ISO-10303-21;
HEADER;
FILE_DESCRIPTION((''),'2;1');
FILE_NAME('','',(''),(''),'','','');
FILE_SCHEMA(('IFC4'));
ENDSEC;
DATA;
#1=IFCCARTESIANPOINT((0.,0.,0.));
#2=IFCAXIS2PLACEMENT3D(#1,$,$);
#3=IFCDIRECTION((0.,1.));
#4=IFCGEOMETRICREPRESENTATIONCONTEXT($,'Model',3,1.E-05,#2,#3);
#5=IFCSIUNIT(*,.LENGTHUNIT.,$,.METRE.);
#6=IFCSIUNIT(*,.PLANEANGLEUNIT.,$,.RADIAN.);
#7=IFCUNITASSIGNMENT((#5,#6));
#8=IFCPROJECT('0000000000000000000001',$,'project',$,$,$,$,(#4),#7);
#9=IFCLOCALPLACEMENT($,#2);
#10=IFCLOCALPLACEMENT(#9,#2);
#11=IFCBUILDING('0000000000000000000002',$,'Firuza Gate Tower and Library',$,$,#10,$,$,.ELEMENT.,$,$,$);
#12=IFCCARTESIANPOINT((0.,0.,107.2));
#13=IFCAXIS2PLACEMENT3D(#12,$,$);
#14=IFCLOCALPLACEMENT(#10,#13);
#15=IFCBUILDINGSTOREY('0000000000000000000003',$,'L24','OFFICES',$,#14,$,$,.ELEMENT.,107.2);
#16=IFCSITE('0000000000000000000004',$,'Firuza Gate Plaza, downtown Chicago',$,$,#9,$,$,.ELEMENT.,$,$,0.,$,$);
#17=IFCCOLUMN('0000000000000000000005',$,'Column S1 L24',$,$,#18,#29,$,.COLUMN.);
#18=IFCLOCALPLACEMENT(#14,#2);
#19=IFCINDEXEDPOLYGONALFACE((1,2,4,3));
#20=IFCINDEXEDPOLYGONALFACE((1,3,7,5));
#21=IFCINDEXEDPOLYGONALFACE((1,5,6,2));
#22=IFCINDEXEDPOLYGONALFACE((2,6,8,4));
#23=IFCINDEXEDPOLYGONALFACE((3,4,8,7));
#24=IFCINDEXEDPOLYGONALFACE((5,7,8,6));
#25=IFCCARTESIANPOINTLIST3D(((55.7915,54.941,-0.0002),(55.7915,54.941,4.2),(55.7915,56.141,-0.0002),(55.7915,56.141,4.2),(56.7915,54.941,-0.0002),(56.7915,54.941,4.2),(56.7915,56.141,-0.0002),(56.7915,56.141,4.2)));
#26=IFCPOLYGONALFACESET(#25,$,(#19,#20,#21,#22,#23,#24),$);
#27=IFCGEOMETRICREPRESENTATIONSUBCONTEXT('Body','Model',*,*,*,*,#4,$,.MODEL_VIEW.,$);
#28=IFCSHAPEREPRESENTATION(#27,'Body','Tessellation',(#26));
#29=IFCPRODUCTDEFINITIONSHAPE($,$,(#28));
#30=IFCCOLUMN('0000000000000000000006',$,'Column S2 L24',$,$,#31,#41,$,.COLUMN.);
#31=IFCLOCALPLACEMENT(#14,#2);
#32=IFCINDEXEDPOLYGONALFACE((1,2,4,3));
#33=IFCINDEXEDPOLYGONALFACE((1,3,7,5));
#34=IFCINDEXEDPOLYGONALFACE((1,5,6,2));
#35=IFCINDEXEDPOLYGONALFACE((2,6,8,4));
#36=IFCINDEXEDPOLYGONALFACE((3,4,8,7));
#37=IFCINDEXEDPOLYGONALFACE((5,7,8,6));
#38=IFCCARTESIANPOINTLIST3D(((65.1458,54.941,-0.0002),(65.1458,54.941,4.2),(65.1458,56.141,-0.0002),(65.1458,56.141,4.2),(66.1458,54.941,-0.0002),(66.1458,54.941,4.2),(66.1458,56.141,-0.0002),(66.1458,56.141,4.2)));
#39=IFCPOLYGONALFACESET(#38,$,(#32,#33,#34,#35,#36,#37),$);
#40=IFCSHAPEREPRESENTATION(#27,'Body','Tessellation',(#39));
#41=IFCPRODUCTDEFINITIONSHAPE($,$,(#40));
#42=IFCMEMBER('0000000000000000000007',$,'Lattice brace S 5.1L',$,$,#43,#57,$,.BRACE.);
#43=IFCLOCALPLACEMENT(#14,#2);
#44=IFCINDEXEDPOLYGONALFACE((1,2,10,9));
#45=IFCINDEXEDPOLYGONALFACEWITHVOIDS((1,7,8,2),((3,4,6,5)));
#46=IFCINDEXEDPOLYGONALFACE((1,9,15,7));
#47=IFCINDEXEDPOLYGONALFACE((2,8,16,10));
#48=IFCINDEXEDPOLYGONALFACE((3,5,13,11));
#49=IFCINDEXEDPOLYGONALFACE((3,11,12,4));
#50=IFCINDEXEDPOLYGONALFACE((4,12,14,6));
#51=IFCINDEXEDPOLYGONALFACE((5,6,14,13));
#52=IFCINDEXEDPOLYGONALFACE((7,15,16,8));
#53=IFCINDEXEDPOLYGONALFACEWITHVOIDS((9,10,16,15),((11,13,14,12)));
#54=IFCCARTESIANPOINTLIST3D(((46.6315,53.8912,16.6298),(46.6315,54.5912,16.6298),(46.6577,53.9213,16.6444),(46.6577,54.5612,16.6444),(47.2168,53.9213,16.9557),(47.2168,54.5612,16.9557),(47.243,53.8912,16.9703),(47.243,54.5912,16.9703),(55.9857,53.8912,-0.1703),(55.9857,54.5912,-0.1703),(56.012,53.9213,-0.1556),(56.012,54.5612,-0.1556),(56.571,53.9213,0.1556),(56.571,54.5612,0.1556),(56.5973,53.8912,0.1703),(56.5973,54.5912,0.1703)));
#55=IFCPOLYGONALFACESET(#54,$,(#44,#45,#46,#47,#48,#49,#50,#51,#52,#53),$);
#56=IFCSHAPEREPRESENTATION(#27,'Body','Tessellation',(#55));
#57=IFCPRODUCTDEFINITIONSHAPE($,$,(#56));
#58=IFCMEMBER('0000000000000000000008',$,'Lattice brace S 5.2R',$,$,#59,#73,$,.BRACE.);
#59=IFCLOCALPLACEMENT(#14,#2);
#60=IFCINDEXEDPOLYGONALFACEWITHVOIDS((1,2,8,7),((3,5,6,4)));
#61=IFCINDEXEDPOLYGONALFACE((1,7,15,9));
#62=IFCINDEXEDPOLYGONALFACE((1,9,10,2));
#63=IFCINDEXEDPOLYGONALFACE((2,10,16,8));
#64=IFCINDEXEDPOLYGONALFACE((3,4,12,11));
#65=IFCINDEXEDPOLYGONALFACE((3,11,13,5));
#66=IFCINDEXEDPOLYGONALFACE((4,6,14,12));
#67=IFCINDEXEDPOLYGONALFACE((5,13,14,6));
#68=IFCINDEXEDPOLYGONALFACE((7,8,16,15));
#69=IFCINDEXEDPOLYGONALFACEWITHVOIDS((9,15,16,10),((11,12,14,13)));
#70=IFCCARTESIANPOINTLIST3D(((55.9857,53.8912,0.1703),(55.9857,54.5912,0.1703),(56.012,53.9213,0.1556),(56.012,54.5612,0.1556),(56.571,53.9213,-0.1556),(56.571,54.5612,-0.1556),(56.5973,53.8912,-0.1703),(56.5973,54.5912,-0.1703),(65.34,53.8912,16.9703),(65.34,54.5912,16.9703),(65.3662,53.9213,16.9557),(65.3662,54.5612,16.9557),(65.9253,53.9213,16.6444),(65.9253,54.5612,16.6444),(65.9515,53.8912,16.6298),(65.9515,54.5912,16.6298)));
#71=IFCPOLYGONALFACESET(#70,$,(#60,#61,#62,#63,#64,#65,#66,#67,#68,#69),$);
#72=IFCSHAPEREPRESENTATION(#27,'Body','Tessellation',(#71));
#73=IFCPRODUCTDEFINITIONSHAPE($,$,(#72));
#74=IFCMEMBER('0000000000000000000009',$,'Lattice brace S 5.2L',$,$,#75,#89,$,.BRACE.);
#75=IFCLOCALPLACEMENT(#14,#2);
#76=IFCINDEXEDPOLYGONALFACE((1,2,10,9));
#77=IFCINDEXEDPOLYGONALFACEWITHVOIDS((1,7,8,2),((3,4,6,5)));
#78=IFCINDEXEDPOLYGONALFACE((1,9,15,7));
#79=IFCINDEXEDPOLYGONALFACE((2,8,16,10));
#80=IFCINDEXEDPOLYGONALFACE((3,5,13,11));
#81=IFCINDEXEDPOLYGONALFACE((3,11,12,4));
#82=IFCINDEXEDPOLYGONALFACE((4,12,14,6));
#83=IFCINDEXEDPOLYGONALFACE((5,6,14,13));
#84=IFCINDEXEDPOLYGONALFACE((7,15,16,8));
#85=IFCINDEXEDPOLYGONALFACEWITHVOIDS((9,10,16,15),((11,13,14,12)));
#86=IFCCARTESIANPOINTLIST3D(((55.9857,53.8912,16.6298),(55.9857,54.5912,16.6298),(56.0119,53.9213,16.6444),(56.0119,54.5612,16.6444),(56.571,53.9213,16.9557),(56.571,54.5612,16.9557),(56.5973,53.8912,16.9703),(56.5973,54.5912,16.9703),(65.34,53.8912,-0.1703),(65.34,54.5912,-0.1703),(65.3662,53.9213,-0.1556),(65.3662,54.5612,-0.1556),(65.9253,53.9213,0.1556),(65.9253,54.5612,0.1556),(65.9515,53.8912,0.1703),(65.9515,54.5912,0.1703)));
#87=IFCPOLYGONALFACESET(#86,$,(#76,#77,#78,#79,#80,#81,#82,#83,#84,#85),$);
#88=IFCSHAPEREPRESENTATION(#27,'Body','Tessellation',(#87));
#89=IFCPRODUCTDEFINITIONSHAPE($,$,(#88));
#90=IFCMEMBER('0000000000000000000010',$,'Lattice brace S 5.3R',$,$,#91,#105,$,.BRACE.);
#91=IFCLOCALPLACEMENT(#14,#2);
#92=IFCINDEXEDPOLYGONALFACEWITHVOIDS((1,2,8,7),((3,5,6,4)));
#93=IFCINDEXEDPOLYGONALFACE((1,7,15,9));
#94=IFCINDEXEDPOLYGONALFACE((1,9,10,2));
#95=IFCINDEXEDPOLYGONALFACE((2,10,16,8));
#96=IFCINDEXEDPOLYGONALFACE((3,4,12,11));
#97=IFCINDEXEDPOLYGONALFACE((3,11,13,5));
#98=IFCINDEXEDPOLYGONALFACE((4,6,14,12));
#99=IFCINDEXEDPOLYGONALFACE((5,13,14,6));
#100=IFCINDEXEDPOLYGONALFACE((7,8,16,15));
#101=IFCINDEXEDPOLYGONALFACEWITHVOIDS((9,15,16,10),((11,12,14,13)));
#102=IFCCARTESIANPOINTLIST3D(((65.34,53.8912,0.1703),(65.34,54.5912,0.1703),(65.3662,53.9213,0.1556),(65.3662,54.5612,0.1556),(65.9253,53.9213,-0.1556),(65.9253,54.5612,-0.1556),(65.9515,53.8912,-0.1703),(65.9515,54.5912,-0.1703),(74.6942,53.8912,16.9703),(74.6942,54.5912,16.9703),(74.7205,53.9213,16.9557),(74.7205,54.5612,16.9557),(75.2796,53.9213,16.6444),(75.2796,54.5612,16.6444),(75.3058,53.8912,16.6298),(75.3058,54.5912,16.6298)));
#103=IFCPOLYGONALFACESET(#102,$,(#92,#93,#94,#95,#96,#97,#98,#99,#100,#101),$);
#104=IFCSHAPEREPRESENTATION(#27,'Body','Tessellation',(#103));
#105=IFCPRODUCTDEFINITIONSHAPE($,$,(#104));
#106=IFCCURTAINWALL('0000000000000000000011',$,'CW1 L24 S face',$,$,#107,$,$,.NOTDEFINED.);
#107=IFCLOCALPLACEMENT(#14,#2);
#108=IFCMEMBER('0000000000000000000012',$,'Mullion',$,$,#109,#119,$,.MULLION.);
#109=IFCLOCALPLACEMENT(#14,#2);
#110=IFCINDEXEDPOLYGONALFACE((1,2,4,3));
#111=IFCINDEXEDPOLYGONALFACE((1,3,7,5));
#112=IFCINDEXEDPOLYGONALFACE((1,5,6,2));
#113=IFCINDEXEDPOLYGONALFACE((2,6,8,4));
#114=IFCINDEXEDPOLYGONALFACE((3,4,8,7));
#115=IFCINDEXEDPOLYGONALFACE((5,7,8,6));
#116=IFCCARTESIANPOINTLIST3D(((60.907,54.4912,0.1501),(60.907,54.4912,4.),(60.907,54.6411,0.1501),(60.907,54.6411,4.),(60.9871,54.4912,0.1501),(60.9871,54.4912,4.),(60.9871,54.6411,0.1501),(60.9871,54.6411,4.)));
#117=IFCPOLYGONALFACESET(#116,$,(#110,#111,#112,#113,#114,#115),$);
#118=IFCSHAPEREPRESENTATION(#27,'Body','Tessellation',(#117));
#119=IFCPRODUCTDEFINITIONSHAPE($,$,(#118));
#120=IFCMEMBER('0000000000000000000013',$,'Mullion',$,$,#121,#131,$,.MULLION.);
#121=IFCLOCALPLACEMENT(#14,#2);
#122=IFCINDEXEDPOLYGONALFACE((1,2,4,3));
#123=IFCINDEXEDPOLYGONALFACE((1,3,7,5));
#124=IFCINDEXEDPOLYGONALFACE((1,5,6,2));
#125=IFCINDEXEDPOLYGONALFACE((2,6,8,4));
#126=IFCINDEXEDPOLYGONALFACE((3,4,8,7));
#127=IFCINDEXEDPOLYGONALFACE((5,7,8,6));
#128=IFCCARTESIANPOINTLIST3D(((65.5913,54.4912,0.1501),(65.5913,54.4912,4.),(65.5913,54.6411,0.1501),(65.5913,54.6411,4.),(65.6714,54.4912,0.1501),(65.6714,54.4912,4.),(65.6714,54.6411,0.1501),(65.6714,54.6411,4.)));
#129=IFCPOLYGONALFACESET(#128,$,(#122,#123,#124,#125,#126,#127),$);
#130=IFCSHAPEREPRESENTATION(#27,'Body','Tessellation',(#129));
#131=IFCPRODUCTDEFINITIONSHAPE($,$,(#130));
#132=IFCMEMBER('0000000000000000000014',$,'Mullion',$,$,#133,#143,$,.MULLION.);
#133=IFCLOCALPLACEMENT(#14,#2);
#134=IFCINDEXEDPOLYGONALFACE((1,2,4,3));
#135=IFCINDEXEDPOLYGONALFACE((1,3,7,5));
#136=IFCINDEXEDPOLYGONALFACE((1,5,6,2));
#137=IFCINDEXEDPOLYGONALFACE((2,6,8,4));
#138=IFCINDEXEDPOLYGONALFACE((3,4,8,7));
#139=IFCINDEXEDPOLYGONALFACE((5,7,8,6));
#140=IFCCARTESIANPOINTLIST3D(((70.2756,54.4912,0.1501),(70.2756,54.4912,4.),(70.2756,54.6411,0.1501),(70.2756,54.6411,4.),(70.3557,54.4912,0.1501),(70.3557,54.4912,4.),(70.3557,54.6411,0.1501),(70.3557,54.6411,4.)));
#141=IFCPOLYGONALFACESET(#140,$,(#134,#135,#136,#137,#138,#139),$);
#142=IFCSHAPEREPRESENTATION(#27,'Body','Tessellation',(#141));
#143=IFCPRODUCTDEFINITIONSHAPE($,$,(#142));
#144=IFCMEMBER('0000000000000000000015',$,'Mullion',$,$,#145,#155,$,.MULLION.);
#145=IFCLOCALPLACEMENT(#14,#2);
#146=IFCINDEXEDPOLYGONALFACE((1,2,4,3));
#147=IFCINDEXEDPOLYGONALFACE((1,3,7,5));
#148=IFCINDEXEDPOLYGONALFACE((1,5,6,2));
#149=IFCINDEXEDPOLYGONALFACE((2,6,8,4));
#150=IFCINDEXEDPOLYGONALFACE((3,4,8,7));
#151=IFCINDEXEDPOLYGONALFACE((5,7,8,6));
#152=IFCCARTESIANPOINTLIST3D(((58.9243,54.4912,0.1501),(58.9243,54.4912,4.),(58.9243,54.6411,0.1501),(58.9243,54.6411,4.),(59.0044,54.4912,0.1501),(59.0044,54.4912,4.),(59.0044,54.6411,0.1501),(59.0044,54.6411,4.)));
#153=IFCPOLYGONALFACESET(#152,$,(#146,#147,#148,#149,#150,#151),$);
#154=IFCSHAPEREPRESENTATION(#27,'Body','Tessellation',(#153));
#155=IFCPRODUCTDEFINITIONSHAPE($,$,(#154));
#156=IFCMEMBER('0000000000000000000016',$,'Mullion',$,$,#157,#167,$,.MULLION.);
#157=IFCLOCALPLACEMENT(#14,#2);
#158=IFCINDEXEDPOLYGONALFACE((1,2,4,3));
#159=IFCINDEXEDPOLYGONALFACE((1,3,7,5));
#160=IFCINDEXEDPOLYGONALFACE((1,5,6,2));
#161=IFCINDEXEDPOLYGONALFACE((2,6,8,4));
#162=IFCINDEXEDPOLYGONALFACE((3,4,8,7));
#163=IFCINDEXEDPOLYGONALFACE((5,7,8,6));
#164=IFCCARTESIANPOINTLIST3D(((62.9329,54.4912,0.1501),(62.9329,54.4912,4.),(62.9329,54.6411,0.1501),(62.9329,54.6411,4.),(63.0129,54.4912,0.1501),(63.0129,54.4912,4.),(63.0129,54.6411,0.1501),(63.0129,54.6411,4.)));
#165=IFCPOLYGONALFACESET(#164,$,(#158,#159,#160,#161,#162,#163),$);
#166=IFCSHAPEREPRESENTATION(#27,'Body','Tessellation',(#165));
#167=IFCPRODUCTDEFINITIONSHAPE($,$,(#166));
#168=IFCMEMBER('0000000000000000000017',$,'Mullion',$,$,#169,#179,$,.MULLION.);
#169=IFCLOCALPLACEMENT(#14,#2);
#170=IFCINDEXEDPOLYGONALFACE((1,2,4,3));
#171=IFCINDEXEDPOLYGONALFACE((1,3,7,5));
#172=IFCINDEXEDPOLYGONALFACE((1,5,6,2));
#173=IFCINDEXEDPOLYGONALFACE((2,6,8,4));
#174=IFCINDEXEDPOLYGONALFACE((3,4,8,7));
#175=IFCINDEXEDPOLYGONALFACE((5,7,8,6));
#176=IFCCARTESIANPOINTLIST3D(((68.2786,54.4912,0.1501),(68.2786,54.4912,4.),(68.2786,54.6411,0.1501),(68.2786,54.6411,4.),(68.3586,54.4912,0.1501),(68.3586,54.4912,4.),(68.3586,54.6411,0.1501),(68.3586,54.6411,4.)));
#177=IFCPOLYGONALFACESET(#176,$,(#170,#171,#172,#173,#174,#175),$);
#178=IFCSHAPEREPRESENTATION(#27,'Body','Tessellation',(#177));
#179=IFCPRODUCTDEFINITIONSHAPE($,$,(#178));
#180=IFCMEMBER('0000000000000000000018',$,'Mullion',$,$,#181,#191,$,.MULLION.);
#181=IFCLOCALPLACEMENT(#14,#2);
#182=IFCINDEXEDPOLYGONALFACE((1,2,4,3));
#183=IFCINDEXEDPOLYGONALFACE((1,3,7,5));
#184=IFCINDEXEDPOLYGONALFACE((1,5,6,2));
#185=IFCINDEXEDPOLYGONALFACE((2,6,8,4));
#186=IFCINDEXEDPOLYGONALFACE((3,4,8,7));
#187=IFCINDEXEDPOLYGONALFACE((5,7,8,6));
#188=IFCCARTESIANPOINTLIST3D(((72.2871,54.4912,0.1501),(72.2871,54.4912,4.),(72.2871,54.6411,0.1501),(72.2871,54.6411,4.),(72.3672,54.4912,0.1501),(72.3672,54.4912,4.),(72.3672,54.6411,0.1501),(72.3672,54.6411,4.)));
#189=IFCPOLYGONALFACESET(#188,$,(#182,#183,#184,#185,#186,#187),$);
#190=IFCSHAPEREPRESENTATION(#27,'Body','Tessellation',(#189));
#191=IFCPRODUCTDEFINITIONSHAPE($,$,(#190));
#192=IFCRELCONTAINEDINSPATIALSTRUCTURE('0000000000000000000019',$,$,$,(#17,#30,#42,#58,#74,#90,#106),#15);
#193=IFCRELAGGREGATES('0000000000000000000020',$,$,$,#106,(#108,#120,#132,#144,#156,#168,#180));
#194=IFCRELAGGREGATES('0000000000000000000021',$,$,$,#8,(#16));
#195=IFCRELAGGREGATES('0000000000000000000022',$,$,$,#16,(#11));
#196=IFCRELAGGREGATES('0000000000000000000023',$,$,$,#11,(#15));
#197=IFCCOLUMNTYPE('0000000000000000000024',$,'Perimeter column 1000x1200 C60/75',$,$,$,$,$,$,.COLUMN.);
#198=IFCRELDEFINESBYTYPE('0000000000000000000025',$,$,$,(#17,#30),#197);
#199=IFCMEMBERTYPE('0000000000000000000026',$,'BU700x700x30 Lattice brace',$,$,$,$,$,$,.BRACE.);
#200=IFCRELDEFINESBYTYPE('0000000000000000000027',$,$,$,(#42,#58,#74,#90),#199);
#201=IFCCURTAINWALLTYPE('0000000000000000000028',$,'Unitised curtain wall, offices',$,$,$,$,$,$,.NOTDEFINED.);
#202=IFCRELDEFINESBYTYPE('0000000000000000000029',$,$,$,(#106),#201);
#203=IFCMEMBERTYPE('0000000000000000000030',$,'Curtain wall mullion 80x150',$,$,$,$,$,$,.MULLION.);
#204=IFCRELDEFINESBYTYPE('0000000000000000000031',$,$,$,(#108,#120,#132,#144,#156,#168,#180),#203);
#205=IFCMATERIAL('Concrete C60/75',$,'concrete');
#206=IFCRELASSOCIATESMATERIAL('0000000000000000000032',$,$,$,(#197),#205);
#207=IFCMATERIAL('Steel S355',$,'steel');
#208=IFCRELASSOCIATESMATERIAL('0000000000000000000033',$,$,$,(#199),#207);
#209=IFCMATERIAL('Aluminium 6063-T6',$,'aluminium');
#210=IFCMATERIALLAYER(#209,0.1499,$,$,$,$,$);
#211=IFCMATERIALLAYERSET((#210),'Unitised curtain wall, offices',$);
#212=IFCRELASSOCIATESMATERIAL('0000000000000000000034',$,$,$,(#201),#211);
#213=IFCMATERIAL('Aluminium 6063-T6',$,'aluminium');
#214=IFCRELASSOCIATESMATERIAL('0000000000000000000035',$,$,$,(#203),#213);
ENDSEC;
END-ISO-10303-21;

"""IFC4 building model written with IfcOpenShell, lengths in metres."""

from ifc_helpers import new_model, si_unit, direction, frame, origin, origin_2d, place, context, subcontext, project, spatial, rectangle, hollow_rectangle, extrude, material, layer, layer_set, material_profile, profile_set, type_object, element, aggregate, save


model = new_model("IFC4")

# Units and contexts
model_context = context("Model", 3, precision=1e-05, world=origin(), true_north=direction((0.0, 1.0)))
body_context = subcontext(model_context, "Body", "Model", "MODEL_VIEW")
ifc_project = project(units=[si_unit("LENGTHUNIT", "METRE"), si_unit("PLANEANGLEUNIT", "RADIAN")], contexts=[model_context])

# Site, building, storey
site_placement = place(None, origin())
site = spatial("IfcSite", under=ifc_project, at=site_placement, Name="Firuza Gate Plaza, downtown Chicago", CompositionType="ELEMENT", RefElevation=0.0)
building_placement = place(site_placement, origin())
building = spatial("IfcBuilding", under=site, at=building_placement, Name="Firuza Gate Tower and Library", CompositionType="ELEMENT")
storey_placement = place(building_placement, frame((0.0, 0.0, 107.2)))
storey = spatial("IfcBuildingStorey", under=building, at=storey_placement, Name="L24", Description="OFFICES", CompositionType="ELEMENT", Elevation=107.2)

# Columns
ifc_material_1 = material(Name="Concrete C60/75", Category="concrete")
ifc_material_profile_1 = material_profile(ifc_material_1, rectangle(XDim=1.0, YDim=1.2, at=origin_2d()))
ifc_profile_set_1 = profile_set([ifc_material_profile_1], Name="Concrete C60/75")
column_type = type_object("IfcColumnType", Name="Perimeter column 1000x1200 C60/75", PredefinedType="COLUMN", material=ifc_profile_set_1)
for number, where, z_axis, x_axis, name in (
    (1, (56.2915, 55.541, -0.0002), (0.0, 0.0, 1.0), (1.0, 0.0, 0.0), "Column S1 L24"),
    (2, (65.6458, 55.541, -0.0002), (0.0, 0.0, 1.0), (1.0, 0.0, 0.0), "Column S2 L24"),
):
    element("IfcColumn", number, at=place(storey_placement, frame(where, z_axis=z_axis, x_axis=x_axis)), inside=storey, type_object=column_type, Name=name, PredefinedType="COLUMN", context=body_context, shape_type="SweptSolid", body=[
        extrude(rectangle(XDim=1.0, YDim=1.2, at=origin_2d()), origin(), (0.0, 0.0, 1.0), 4.2002),
    ])

# Members
ifc_material_2 = material(Name="Steel S355", Category="steel")
ifc_material_profile_2 = material_profile(ifc_material_2, hollow_rectangle(XDim=0.7, YDim=0.7, WallThickness=0.03, at=origin_2d()))
ifc_profile_set_2 = profile_set([ifc_material_profile_2], Name="Steel S355")
member_type_1 = type_object("IfcMemberType", Name="BU700x700x30 Lattice brace", PredefinedType="BRACE", material=ifc_profile_set_2)
for number, where, z_axis, x_axis, name in (
    (3, (56.2915, 54.2412, 0.0), (-0.486473, 0.0, 0.873696), (0.0, -1.0, 0.0), "Lattice brace S 5.1L"),
    (4, (56.2915, 54.2412, 0.0), (0.486473, 0.0, 0.873696), (0.0, 1.0, 0.0), "Lattice brace S 5.2R"),
    (5, (65.6458, 54.2412, 0.0), (-0.486473, 0.0, 0.873696), (0.0, -1.0, 0.0), "Lattice brace S 5.2L"),
    (6, (65.6458, 54.2412, 0.0), (0.486473, 0.0, 0.873696), (0.0, 1.0, 0.0), "Lattice brace S 5.3R"),
):
    element("IfcMember", number, at=place(storey_placement, frame(where, z_axis=z_axis, x_axis=x_axis)), inside=storey, type_object=member_type_1, Name=name, PredefinedType="BRACE", context=body_context, shape_type="SweptSolid", body=[
        extrude(hollow_rectangle(XDim=0.7, YDim=0.7, WallThickness=0.03, at=origin_2d()), origin(), (0.0, 0.0, 1.0), 19.2288),
    ])

# Curtain wall, members
ifc_material_3 = material(Name="Aluminium 6063-T6", Category="aluminium")
ifc_layer_1 = layer(ifc_material_3, 0.1499)
ifc_layer_set_1 = layer_set([ifc_layer_1], Name="Unitised curtain wall, offices")
curtain_wall_type = type_object("IfcCurtainWallType", Name="Unitised curtain wall, offices", PredefinedType="NOTDEFINED", material=ifc_layer_set_1)
curtain_wall_placement = place(storey_placement, origin())
curtain_wall = element("IfcCurtainWall", 7, at=curtain_wall_placement, inside=storey, type_object=curtain_wall_type, Name="CW1 L24 S face", PredefinedType="NOTDEFINED")
ifc_material_4 = material(Name="Aluminium 6063-T6", Category="aluminium")
ifc_material_profile_3 = material_profile(ifc_material_4, rectangle(XDim=0.1499, YDim=0.0801, at=origin_2d()))
ifc_profile_set_3 = profile_set([ifc_material_profile_3], Name="Aluminium 6063-T6")
member_type_2 = type_object("IfcMemberType", Name="Curtain wall mullion 80x150", PredefinedType="MULLION", material=ifc_profile_set_3)
member_1_placement = place(storey_placement, frame((60.947, 54.5662, 0.1501), z_axis=(0.0, 0.0, 1.0), x_axis=(0.0, 1.0, 0.0)))
member_1 = element("IfcMember", 8, at=member_1_placement, type_object=member_type_2, Name="Mullion", PredefinedType="MULLION", context=body_context, shape_type="SweptSolid", body=[
    extrude(rectangle(XDim=0.1499, YDim=0.0801, at=origin_2d()), origin(), (0.0, 0.0, 1.0), 3.8499),
])
member_2_placement = place(storey_placement, frame((65.6313, 54.5662, 0.1501), z_axis=(0.0, 0.0, 1.0), x_axis=(0.0, 1.0, 0.0)))
member_2 = element("IfcMember", 9, at=member_2_placement, type_object=member_type_2, Name="Mullion", PredefinedType="MULLION", context=body_context, shape_type="SweptSolid", body=[
    extrude(rectangle(XDim=0.1499, YDim=0.0801, at=origin_2d()), origin(), (0.0, 0.0, 1.0), 3.8499),
])
member_3_placement = place(storey_placement, frame((70.3157, 54.5662, 0.1501), z_axis=(0.0, 0.0, 1.0), x_axis=(0.0, 1.0, 0.0)))
member_3 = element("IfcMember", 10, at=member_3_placement, type_object=member_type_2, Name="Mullion", PredefinedType="MULLION", context=body_context, shape_type="SweptSolid", body=[
    extrude(rectangle(XDim=0.1499, YDim=0.0801, at=origin_2d()), origin(), (0.0, 0.0, 1.0), 3.8499),
])
member_4_placement = place(storey_placement, frame((58.9644, 54.5662, 0.1501), z_axis=(0.0, 0.0, 1.0), x_axis=(0.0, 1.0, 0.0)))
member_4 = element("IfcMember", 11, at=member_4_placement, type_object=member_type_2, Name="Mullion", PredefinedType="MULLION", context=body_context, shape_type="SweptSolid", body=[
    extrude(rectangle(XDim=0.1499, YDim=0.0801, at=origin_2d()), origin(), (0.0, 0.0, 1.0), 3.8499),
])
member_5_placement = place(storey_placement, frame((62.9729, 54.5662, 0.1501), z_axis=(0.0, 0.0, 1.0), x_axis=(0.0, 1.0, 0.0)))
member_5 = element("IfcMember", 12, at=member_5_placement, type_object=member_type_2, Name="Mullion", PredefinedType="MULLION", context=body_context, shape_type="SweptSolid", body=[
    extrude(rectangle(XDim=0.1499, YDim=0.0801, at=origin_2d()), origin(), (0.0, 0.0, 1.0), 3.8499),
])
member_6_placement = place(storey_placement, frame((68.3186, 54.5662, 0.1501), z_axis=(0.0, 0.0, 1.0), x_axis=(0.0, 1.0, 0.0)))
member_6 = element("IfcMember", 13, at=member_6_placement, type_object=member_type_2, Name="Mullion", PredefinedType="MULLION", context=body_context, shape_type="SweptSolid", body=[
    extrude(rectangle(XDim=0.1499, YDim=0.0801, at=origin_2d()), origin(), (0.0, 0.0, 1.0), 3.8499),
])
member_7_placement = place(storey_placement, frame((72.3271, 54.5662, 0.1501), z_axis=(0.0, 0.0, 1.0), x_axis=(0.0, 1.0, 0.0)))
member_7 = element("IfcMember", 14, at=member_7_placement, type_object=member_type_2, Name="Mullion", PredefinedType="MULLION", context=body_context, shape_type="SweptSolid", body=[
    extrude(rectangle(XDim=0.1499, YDim=0.0801, at=origin_2d()), origin(), (0.0, 0.0, 1.0), 3.8499),
])

aggregate(curtain_wall, [member_1, member_2, member_3, member_4, member_5, member_6, member_7])

save(model, "model.ifc")
